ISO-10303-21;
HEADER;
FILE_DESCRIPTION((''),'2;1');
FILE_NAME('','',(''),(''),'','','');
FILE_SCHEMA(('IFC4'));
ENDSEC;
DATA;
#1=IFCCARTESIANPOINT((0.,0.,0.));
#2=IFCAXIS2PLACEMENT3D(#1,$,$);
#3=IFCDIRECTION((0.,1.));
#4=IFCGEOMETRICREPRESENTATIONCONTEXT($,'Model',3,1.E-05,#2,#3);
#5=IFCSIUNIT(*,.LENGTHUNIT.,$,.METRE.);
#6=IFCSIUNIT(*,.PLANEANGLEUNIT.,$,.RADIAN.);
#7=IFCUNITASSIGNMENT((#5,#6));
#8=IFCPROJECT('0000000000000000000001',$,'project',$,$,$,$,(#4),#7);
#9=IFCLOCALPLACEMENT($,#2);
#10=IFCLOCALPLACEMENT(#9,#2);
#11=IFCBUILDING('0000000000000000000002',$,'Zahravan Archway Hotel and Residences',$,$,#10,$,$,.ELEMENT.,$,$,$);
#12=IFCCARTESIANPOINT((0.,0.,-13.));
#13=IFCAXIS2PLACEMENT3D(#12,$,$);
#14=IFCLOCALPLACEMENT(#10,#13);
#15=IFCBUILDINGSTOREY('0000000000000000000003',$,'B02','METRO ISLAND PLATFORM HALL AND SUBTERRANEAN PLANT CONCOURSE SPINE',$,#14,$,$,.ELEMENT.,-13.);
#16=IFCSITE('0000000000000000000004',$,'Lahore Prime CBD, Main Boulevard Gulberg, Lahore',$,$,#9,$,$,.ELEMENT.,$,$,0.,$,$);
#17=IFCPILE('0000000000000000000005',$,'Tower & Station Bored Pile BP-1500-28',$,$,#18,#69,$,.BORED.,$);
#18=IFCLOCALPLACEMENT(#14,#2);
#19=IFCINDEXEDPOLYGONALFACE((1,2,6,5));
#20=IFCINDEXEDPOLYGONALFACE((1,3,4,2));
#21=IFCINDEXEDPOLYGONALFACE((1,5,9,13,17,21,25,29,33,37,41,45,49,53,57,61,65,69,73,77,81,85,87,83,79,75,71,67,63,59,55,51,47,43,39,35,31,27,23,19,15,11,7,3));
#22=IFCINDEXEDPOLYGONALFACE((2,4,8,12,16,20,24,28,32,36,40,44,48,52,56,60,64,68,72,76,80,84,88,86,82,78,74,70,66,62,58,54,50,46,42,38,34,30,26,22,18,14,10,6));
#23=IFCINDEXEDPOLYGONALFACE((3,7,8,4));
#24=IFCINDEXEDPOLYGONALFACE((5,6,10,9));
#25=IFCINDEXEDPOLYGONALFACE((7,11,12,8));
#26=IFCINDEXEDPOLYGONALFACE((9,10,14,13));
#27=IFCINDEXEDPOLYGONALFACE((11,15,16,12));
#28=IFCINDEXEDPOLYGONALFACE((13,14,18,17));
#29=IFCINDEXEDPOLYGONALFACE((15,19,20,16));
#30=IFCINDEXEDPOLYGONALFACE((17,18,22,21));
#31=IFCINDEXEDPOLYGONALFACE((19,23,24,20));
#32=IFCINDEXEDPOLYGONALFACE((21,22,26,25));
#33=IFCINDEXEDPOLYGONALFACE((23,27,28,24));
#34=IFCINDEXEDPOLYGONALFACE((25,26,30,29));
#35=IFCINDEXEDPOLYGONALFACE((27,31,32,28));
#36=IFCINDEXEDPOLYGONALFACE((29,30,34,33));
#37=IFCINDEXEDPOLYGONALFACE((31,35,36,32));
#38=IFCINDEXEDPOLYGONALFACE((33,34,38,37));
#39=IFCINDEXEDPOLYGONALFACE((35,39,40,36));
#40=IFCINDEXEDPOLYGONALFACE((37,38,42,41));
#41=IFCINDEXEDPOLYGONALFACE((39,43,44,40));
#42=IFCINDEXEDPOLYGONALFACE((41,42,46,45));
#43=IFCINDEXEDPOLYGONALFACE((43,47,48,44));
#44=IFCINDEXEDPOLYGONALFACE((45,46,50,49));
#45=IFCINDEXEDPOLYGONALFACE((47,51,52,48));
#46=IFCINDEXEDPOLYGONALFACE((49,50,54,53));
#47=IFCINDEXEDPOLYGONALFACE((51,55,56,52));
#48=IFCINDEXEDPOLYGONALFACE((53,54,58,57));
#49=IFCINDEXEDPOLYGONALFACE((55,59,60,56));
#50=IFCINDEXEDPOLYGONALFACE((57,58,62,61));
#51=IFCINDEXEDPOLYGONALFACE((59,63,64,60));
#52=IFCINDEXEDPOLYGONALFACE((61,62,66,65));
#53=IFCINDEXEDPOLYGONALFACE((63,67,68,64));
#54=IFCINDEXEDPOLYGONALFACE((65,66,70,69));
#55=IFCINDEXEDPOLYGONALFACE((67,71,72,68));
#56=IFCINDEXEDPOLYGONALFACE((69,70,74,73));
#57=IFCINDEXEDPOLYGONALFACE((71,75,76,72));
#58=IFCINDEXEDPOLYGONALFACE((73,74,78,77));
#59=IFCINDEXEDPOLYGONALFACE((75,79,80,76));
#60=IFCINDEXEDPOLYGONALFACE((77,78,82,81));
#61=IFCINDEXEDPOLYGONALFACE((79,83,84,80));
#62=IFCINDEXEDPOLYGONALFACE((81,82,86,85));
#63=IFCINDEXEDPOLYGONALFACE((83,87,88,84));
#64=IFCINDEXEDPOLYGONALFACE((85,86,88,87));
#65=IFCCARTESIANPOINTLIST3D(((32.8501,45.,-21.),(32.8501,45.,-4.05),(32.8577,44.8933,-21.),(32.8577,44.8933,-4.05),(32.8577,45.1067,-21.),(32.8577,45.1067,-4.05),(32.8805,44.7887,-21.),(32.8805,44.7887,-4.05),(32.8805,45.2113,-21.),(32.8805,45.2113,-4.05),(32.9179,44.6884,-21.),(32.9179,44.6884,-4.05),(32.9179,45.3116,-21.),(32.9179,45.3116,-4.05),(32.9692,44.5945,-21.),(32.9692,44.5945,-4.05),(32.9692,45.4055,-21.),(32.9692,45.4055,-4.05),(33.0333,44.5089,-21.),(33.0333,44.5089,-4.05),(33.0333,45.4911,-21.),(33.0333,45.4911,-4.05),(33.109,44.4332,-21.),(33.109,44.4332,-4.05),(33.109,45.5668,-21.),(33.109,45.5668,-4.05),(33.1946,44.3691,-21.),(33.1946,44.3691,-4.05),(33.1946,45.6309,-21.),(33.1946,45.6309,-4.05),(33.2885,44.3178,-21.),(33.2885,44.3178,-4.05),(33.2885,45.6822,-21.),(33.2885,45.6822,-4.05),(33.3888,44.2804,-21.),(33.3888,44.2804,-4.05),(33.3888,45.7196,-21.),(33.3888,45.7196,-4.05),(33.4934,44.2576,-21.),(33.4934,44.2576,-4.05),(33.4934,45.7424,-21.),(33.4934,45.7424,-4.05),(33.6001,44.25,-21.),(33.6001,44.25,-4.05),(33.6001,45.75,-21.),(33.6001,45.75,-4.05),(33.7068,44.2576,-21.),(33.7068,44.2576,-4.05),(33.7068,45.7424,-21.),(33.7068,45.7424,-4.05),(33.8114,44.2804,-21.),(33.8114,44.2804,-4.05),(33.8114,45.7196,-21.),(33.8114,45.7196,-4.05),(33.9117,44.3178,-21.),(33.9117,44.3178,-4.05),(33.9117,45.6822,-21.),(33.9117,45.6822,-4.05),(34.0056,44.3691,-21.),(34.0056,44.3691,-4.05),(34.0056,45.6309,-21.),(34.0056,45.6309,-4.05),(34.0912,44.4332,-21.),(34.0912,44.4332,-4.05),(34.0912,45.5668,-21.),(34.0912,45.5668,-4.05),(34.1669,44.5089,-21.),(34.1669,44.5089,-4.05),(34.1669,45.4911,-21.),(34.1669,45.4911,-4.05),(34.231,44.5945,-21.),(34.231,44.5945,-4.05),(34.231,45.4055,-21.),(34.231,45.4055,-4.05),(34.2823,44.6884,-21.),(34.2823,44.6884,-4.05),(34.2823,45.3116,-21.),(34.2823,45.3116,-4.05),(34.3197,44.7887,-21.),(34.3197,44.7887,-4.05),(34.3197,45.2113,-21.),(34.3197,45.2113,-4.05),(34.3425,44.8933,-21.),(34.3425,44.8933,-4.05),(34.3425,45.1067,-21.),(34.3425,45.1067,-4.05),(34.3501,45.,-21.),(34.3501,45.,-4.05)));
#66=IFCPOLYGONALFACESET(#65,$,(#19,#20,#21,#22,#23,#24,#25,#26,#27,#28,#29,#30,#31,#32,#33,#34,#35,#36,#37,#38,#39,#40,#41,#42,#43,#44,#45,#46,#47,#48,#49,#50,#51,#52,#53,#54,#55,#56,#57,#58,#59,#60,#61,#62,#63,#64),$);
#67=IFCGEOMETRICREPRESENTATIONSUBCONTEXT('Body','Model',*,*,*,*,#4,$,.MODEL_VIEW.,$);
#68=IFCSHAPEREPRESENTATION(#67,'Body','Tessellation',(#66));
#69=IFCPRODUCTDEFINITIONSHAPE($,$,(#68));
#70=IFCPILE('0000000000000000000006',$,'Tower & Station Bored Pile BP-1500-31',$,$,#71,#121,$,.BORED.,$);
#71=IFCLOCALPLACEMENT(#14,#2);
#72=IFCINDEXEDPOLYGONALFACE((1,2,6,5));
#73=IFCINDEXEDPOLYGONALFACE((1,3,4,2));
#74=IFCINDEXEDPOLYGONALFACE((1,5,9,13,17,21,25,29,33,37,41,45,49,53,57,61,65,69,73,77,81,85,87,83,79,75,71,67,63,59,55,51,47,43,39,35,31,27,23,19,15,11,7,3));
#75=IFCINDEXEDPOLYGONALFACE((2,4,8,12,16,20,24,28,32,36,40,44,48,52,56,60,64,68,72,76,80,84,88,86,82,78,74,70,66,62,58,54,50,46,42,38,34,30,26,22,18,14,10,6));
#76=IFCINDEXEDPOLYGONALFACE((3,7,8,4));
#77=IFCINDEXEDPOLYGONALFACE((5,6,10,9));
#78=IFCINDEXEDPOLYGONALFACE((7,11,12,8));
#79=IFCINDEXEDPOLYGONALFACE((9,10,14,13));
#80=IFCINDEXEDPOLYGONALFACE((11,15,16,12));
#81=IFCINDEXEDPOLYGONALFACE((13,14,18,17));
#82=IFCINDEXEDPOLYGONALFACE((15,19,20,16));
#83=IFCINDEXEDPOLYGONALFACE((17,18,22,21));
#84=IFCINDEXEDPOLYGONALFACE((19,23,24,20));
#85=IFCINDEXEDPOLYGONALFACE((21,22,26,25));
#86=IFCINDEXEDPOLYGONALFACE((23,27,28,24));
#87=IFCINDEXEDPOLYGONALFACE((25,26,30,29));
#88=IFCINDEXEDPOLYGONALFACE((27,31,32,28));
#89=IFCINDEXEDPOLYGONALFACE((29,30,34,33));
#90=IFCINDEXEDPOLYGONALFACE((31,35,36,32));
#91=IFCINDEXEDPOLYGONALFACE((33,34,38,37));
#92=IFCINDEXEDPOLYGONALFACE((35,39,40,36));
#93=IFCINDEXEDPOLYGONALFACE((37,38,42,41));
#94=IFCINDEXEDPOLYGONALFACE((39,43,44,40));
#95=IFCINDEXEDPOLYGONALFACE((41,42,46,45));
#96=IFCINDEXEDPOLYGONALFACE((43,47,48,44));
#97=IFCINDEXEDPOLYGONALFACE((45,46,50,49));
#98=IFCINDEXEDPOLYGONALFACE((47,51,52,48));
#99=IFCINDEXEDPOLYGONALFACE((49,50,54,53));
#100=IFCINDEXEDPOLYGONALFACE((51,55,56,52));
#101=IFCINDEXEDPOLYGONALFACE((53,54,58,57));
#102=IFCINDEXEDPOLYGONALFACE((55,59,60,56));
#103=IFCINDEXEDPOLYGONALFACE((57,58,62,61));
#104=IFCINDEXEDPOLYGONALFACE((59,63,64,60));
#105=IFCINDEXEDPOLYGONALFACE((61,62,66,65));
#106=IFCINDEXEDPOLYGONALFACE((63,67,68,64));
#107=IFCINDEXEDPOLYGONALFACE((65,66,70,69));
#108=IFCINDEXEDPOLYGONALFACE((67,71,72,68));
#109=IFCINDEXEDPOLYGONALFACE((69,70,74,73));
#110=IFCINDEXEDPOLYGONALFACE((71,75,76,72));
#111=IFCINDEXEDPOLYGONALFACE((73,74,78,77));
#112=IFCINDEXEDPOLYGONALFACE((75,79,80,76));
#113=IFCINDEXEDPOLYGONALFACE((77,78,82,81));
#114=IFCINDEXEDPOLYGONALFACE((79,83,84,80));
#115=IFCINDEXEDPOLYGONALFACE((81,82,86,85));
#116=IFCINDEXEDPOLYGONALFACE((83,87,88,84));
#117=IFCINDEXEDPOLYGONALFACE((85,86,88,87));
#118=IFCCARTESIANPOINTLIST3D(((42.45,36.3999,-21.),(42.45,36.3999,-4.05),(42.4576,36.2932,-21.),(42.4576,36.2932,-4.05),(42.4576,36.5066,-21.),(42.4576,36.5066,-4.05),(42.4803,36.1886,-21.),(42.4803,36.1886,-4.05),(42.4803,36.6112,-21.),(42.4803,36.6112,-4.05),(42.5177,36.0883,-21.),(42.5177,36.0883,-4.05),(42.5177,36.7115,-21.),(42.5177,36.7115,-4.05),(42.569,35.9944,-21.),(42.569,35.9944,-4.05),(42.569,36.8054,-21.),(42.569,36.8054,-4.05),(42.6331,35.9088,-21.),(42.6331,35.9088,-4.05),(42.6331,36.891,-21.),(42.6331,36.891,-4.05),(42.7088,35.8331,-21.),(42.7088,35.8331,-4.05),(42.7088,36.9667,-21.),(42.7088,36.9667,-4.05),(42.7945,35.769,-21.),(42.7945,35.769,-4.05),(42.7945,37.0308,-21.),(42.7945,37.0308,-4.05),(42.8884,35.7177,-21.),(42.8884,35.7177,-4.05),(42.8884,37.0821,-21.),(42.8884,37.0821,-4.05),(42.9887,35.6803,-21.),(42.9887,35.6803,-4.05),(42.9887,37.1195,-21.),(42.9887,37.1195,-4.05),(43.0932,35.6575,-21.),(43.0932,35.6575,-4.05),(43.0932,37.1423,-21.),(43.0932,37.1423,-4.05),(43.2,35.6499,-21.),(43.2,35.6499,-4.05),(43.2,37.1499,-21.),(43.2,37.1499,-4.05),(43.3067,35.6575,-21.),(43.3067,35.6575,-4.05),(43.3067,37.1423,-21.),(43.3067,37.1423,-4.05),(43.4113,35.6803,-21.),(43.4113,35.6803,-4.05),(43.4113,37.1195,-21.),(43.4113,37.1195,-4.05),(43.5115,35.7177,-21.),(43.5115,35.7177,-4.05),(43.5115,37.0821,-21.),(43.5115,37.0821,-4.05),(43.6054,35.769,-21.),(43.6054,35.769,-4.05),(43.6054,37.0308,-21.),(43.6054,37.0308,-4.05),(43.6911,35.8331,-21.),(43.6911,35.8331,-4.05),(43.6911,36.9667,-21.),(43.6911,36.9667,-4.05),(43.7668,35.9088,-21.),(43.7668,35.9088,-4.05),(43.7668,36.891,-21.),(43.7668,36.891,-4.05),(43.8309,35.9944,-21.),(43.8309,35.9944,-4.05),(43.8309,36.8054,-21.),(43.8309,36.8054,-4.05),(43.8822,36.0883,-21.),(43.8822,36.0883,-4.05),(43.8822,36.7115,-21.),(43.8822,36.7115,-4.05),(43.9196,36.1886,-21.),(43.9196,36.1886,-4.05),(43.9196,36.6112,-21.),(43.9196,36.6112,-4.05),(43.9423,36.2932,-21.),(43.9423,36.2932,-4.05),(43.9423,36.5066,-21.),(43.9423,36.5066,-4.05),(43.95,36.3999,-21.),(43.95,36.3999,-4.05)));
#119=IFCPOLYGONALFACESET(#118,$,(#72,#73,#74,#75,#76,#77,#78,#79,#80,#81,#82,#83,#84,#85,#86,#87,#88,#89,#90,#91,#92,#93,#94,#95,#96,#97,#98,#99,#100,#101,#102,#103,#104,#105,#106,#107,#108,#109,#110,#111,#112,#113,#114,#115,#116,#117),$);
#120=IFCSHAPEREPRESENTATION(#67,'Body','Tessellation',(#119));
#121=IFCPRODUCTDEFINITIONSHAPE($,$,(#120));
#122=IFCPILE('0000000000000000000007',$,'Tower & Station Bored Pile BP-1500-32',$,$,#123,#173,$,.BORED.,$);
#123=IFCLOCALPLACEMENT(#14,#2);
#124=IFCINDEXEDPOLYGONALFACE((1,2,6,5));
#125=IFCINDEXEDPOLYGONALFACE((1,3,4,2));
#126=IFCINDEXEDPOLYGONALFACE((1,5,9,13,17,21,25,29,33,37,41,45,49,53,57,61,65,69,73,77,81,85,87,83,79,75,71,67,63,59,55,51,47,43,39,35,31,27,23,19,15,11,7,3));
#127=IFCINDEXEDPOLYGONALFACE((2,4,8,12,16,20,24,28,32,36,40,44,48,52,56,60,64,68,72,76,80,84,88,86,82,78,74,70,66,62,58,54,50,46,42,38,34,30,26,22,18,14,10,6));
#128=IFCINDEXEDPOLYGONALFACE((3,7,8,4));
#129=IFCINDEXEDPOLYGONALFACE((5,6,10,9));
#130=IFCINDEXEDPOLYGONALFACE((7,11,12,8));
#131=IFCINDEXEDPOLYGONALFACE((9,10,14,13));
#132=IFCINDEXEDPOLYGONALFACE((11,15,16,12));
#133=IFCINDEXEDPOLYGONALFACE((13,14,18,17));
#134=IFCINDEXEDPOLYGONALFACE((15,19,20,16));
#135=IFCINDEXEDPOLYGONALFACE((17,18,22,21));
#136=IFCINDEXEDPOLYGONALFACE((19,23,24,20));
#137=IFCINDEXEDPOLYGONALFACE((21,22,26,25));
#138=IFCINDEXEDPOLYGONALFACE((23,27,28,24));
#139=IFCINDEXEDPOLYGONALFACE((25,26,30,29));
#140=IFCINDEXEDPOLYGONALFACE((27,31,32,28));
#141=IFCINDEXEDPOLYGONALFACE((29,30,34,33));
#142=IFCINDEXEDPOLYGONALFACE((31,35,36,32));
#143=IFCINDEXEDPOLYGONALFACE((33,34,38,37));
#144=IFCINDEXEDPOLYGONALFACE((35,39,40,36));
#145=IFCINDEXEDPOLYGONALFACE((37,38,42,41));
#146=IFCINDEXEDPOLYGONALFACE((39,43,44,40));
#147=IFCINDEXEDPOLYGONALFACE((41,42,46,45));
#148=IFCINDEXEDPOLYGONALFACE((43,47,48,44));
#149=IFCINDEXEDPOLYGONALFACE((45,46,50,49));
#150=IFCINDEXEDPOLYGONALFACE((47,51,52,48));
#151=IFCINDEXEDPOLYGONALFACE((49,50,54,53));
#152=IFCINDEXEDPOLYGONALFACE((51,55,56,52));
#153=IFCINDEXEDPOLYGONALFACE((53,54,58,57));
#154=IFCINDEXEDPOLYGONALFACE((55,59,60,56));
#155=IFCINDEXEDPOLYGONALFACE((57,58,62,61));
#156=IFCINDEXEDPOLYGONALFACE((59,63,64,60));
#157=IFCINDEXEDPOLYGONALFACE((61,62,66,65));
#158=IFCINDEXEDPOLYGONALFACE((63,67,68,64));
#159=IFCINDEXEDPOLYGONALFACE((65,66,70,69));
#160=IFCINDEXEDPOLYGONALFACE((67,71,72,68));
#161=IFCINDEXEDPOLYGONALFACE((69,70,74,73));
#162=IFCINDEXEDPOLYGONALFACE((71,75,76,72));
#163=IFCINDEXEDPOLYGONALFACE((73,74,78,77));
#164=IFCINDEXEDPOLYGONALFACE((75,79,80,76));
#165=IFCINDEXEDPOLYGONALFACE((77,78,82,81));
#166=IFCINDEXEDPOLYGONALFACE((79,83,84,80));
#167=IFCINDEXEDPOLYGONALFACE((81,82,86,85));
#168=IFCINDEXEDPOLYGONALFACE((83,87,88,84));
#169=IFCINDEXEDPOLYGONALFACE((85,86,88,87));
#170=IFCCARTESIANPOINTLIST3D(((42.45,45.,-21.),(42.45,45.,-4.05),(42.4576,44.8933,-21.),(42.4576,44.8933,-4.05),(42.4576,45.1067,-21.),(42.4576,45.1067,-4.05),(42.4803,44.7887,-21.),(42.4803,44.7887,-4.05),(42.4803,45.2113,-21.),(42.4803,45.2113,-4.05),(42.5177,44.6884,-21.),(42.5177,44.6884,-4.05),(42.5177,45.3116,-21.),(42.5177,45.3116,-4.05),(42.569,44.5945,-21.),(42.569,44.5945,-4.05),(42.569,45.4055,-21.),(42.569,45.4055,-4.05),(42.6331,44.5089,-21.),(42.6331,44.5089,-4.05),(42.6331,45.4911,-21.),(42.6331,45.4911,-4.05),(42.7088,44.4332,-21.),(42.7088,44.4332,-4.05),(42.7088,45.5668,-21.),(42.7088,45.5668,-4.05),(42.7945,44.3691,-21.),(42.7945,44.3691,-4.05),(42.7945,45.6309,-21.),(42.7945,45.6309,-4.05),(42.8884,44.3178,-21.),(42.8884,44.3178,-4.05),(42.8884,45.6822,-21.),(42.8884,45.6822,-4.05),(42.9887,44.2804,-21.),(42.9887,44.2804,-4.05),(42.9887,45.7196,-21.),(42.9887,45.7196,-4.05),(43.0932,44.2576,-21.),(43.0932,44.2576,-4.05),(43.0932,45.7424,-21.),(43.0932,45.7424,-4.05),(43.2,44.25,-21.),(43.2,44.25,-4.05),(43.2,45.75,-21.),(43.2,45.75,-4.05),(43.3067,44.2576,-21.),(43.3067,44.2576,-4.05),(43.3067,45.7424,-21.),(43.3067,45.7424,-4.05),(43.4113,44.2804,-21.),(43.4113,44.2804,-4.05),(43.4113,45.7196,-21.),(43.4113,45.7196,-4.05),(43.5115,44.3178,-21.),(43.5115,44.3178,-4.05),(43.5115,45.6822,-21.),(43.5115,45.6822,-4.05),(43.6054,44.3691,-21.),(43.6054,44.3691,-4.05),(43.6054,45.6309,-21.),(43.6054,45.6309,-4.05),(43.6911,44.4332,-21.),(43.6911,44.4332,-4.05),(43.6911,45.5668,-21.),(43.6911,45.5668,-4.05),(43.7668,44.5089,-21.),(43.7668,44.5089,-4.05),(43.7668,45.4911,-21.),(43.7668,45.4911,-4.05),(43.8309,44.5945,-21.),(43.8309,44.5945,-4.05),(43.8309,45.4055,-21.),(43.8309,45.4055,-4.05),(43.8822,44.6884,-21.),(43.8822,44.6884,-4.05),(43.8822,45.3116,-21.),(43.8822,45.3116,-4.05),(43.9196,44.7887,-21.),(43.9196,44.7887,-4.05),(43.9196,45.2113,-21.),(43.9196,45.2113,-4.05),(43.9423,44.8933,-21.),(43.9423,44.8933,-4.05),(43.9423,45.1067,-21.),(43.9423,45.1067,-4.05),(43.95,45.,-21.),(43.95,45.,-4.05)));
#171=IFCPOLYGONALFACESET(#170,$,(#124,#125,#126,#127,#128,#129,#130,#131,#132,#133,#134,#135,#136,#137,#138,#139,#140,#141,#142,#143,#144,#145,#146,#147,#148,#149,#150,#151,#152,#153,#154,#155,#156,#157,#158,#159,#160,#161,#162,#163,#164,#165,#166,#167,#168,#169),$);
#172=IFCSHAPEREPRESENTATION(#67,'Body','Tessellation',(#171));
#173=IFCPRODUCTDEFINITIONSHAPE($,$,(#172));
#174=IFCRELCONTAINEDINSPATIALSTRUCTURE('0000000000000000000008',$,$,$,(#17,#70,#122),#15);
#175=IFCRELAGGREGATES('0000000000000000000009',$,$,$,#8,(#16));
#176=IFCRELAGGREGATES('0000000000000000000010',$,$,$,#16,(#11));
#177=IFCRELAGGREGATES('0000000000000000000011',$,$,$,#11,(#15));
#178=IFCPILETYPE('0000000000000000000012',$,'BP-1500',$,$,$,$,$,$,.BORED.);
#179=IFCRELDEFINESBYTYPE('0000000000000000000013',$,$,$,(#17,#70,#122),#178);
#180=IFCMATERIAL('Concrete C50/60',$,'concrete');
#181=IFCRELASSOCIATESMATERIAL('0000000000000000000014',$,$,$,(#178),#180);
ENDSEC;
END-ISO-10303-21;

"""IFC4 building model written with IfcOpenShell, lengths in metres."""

from ifc_helpers import new_model, si_unit, direction, frame, origin, origin_2d, place, context, subcontext, project, spatial, circle, extrude, source, transform, mapped, material, material_profile, profile_set, type_object, type_shapes, element, save


model = new_model("IFC4")

# Units and contexts
model_context = context("Model", 3, precision=1e-05, world=origin(), true_north=direction((0.0, 1.0)))
body_context = subcontext(model_context, "Body", "Model", "MODEL_VIEW")
ifc_project = project(units=[si_unit("LENGTHUNIT", "METRE"), si_unit("PLANEANGLEUNIT", "RADIAN")], contexts=[model_context])

# Site, building, storey
site_placement = place(None, origin())
site = spatial("IfcSite", under=ifc_project, at=site_placement, Name="Lahore Prime CBD, Main Boulevard Gulberg, Lahore", CompositionType="ELEMENT", RefElevation=0.0)
building_placement = place(site_placement, origin())
building = spatial("IfcBuilding", under=site, at=building_placement, Name="Zahravan Archway Hotel and Residences", CompositionType="ELEMENT")
storey_placement = place(building_placement, frame((0.0, 0.0, -13.0)))
storey = spatial("IfcBuildingStorey", under=building, at=storey_placement, Name="B02", Description="METRO ISLAND PLATFORM HALL AND SUBTERRANEAN PLANT CONCOURSE SPINE", CompositionType="ELEMENT", Elevation=-13.0)

# Piles
ifc_material_1 = material(Name="Concrete C50/60", Category="concrete")
ifc_material_profile_1 = material_profile(ifc_material_1, circle(Radius=0.75, at=origin_2d()), Name="PILE D1500", Category="concrete")
ifc_profile_set_1 = profile_set([ifc_material_profile_1], Name="Concrete C50/60")
pile_type = type_object("IfcPileType", Name="BP-1500", PredefinedType="BORED", material=ifc_profile_set_1)
shared_shape_1 = source(origin(), body_context, "Body", "SweptSolid", [
    extrude(circle(Radius=0.75, at=origin_2d()), origin(), (0.0, 0.0, 1.0), 16.95),
])
type_shapes(pile_type, [shared_shape_1])
for number, where, z_axis, x_axis, name in (
    (1, (33.6001, 45.0, -4.05), (0.0, 0.0, -1.0), (1.0, 0.0, 0.0), "Tower & Station Bored Pile BP-1500-28"),
    (2, (43.2, 36.3999, -4.05), (0.0, 0.0, -1.0), (1.0, 0.0, 0.0), "Tower & Station Bored Pile BP-1500-31"),
    (3, (43.2, 45.0, -4.05), (0.0, 0.0, -1.0), (1.0, 0.0, 0.0), "Tower & Station Bored Pile BP-1500-32"),
):
    element("IfcPile", number, at=place(storey_placement, frame(where, z_axis=z_axis, x_axis=x_axis)), inside=storey, type_object=pile_type, Name=name, PredefinedType="BORED", context=body_context, shape_type="MappedRepresentation", body=[
        mapped(shared_shape_1, transform((0.0, 0.0, 0.0), scale=1.0)),
    ])

save(model, "model.ifc")
